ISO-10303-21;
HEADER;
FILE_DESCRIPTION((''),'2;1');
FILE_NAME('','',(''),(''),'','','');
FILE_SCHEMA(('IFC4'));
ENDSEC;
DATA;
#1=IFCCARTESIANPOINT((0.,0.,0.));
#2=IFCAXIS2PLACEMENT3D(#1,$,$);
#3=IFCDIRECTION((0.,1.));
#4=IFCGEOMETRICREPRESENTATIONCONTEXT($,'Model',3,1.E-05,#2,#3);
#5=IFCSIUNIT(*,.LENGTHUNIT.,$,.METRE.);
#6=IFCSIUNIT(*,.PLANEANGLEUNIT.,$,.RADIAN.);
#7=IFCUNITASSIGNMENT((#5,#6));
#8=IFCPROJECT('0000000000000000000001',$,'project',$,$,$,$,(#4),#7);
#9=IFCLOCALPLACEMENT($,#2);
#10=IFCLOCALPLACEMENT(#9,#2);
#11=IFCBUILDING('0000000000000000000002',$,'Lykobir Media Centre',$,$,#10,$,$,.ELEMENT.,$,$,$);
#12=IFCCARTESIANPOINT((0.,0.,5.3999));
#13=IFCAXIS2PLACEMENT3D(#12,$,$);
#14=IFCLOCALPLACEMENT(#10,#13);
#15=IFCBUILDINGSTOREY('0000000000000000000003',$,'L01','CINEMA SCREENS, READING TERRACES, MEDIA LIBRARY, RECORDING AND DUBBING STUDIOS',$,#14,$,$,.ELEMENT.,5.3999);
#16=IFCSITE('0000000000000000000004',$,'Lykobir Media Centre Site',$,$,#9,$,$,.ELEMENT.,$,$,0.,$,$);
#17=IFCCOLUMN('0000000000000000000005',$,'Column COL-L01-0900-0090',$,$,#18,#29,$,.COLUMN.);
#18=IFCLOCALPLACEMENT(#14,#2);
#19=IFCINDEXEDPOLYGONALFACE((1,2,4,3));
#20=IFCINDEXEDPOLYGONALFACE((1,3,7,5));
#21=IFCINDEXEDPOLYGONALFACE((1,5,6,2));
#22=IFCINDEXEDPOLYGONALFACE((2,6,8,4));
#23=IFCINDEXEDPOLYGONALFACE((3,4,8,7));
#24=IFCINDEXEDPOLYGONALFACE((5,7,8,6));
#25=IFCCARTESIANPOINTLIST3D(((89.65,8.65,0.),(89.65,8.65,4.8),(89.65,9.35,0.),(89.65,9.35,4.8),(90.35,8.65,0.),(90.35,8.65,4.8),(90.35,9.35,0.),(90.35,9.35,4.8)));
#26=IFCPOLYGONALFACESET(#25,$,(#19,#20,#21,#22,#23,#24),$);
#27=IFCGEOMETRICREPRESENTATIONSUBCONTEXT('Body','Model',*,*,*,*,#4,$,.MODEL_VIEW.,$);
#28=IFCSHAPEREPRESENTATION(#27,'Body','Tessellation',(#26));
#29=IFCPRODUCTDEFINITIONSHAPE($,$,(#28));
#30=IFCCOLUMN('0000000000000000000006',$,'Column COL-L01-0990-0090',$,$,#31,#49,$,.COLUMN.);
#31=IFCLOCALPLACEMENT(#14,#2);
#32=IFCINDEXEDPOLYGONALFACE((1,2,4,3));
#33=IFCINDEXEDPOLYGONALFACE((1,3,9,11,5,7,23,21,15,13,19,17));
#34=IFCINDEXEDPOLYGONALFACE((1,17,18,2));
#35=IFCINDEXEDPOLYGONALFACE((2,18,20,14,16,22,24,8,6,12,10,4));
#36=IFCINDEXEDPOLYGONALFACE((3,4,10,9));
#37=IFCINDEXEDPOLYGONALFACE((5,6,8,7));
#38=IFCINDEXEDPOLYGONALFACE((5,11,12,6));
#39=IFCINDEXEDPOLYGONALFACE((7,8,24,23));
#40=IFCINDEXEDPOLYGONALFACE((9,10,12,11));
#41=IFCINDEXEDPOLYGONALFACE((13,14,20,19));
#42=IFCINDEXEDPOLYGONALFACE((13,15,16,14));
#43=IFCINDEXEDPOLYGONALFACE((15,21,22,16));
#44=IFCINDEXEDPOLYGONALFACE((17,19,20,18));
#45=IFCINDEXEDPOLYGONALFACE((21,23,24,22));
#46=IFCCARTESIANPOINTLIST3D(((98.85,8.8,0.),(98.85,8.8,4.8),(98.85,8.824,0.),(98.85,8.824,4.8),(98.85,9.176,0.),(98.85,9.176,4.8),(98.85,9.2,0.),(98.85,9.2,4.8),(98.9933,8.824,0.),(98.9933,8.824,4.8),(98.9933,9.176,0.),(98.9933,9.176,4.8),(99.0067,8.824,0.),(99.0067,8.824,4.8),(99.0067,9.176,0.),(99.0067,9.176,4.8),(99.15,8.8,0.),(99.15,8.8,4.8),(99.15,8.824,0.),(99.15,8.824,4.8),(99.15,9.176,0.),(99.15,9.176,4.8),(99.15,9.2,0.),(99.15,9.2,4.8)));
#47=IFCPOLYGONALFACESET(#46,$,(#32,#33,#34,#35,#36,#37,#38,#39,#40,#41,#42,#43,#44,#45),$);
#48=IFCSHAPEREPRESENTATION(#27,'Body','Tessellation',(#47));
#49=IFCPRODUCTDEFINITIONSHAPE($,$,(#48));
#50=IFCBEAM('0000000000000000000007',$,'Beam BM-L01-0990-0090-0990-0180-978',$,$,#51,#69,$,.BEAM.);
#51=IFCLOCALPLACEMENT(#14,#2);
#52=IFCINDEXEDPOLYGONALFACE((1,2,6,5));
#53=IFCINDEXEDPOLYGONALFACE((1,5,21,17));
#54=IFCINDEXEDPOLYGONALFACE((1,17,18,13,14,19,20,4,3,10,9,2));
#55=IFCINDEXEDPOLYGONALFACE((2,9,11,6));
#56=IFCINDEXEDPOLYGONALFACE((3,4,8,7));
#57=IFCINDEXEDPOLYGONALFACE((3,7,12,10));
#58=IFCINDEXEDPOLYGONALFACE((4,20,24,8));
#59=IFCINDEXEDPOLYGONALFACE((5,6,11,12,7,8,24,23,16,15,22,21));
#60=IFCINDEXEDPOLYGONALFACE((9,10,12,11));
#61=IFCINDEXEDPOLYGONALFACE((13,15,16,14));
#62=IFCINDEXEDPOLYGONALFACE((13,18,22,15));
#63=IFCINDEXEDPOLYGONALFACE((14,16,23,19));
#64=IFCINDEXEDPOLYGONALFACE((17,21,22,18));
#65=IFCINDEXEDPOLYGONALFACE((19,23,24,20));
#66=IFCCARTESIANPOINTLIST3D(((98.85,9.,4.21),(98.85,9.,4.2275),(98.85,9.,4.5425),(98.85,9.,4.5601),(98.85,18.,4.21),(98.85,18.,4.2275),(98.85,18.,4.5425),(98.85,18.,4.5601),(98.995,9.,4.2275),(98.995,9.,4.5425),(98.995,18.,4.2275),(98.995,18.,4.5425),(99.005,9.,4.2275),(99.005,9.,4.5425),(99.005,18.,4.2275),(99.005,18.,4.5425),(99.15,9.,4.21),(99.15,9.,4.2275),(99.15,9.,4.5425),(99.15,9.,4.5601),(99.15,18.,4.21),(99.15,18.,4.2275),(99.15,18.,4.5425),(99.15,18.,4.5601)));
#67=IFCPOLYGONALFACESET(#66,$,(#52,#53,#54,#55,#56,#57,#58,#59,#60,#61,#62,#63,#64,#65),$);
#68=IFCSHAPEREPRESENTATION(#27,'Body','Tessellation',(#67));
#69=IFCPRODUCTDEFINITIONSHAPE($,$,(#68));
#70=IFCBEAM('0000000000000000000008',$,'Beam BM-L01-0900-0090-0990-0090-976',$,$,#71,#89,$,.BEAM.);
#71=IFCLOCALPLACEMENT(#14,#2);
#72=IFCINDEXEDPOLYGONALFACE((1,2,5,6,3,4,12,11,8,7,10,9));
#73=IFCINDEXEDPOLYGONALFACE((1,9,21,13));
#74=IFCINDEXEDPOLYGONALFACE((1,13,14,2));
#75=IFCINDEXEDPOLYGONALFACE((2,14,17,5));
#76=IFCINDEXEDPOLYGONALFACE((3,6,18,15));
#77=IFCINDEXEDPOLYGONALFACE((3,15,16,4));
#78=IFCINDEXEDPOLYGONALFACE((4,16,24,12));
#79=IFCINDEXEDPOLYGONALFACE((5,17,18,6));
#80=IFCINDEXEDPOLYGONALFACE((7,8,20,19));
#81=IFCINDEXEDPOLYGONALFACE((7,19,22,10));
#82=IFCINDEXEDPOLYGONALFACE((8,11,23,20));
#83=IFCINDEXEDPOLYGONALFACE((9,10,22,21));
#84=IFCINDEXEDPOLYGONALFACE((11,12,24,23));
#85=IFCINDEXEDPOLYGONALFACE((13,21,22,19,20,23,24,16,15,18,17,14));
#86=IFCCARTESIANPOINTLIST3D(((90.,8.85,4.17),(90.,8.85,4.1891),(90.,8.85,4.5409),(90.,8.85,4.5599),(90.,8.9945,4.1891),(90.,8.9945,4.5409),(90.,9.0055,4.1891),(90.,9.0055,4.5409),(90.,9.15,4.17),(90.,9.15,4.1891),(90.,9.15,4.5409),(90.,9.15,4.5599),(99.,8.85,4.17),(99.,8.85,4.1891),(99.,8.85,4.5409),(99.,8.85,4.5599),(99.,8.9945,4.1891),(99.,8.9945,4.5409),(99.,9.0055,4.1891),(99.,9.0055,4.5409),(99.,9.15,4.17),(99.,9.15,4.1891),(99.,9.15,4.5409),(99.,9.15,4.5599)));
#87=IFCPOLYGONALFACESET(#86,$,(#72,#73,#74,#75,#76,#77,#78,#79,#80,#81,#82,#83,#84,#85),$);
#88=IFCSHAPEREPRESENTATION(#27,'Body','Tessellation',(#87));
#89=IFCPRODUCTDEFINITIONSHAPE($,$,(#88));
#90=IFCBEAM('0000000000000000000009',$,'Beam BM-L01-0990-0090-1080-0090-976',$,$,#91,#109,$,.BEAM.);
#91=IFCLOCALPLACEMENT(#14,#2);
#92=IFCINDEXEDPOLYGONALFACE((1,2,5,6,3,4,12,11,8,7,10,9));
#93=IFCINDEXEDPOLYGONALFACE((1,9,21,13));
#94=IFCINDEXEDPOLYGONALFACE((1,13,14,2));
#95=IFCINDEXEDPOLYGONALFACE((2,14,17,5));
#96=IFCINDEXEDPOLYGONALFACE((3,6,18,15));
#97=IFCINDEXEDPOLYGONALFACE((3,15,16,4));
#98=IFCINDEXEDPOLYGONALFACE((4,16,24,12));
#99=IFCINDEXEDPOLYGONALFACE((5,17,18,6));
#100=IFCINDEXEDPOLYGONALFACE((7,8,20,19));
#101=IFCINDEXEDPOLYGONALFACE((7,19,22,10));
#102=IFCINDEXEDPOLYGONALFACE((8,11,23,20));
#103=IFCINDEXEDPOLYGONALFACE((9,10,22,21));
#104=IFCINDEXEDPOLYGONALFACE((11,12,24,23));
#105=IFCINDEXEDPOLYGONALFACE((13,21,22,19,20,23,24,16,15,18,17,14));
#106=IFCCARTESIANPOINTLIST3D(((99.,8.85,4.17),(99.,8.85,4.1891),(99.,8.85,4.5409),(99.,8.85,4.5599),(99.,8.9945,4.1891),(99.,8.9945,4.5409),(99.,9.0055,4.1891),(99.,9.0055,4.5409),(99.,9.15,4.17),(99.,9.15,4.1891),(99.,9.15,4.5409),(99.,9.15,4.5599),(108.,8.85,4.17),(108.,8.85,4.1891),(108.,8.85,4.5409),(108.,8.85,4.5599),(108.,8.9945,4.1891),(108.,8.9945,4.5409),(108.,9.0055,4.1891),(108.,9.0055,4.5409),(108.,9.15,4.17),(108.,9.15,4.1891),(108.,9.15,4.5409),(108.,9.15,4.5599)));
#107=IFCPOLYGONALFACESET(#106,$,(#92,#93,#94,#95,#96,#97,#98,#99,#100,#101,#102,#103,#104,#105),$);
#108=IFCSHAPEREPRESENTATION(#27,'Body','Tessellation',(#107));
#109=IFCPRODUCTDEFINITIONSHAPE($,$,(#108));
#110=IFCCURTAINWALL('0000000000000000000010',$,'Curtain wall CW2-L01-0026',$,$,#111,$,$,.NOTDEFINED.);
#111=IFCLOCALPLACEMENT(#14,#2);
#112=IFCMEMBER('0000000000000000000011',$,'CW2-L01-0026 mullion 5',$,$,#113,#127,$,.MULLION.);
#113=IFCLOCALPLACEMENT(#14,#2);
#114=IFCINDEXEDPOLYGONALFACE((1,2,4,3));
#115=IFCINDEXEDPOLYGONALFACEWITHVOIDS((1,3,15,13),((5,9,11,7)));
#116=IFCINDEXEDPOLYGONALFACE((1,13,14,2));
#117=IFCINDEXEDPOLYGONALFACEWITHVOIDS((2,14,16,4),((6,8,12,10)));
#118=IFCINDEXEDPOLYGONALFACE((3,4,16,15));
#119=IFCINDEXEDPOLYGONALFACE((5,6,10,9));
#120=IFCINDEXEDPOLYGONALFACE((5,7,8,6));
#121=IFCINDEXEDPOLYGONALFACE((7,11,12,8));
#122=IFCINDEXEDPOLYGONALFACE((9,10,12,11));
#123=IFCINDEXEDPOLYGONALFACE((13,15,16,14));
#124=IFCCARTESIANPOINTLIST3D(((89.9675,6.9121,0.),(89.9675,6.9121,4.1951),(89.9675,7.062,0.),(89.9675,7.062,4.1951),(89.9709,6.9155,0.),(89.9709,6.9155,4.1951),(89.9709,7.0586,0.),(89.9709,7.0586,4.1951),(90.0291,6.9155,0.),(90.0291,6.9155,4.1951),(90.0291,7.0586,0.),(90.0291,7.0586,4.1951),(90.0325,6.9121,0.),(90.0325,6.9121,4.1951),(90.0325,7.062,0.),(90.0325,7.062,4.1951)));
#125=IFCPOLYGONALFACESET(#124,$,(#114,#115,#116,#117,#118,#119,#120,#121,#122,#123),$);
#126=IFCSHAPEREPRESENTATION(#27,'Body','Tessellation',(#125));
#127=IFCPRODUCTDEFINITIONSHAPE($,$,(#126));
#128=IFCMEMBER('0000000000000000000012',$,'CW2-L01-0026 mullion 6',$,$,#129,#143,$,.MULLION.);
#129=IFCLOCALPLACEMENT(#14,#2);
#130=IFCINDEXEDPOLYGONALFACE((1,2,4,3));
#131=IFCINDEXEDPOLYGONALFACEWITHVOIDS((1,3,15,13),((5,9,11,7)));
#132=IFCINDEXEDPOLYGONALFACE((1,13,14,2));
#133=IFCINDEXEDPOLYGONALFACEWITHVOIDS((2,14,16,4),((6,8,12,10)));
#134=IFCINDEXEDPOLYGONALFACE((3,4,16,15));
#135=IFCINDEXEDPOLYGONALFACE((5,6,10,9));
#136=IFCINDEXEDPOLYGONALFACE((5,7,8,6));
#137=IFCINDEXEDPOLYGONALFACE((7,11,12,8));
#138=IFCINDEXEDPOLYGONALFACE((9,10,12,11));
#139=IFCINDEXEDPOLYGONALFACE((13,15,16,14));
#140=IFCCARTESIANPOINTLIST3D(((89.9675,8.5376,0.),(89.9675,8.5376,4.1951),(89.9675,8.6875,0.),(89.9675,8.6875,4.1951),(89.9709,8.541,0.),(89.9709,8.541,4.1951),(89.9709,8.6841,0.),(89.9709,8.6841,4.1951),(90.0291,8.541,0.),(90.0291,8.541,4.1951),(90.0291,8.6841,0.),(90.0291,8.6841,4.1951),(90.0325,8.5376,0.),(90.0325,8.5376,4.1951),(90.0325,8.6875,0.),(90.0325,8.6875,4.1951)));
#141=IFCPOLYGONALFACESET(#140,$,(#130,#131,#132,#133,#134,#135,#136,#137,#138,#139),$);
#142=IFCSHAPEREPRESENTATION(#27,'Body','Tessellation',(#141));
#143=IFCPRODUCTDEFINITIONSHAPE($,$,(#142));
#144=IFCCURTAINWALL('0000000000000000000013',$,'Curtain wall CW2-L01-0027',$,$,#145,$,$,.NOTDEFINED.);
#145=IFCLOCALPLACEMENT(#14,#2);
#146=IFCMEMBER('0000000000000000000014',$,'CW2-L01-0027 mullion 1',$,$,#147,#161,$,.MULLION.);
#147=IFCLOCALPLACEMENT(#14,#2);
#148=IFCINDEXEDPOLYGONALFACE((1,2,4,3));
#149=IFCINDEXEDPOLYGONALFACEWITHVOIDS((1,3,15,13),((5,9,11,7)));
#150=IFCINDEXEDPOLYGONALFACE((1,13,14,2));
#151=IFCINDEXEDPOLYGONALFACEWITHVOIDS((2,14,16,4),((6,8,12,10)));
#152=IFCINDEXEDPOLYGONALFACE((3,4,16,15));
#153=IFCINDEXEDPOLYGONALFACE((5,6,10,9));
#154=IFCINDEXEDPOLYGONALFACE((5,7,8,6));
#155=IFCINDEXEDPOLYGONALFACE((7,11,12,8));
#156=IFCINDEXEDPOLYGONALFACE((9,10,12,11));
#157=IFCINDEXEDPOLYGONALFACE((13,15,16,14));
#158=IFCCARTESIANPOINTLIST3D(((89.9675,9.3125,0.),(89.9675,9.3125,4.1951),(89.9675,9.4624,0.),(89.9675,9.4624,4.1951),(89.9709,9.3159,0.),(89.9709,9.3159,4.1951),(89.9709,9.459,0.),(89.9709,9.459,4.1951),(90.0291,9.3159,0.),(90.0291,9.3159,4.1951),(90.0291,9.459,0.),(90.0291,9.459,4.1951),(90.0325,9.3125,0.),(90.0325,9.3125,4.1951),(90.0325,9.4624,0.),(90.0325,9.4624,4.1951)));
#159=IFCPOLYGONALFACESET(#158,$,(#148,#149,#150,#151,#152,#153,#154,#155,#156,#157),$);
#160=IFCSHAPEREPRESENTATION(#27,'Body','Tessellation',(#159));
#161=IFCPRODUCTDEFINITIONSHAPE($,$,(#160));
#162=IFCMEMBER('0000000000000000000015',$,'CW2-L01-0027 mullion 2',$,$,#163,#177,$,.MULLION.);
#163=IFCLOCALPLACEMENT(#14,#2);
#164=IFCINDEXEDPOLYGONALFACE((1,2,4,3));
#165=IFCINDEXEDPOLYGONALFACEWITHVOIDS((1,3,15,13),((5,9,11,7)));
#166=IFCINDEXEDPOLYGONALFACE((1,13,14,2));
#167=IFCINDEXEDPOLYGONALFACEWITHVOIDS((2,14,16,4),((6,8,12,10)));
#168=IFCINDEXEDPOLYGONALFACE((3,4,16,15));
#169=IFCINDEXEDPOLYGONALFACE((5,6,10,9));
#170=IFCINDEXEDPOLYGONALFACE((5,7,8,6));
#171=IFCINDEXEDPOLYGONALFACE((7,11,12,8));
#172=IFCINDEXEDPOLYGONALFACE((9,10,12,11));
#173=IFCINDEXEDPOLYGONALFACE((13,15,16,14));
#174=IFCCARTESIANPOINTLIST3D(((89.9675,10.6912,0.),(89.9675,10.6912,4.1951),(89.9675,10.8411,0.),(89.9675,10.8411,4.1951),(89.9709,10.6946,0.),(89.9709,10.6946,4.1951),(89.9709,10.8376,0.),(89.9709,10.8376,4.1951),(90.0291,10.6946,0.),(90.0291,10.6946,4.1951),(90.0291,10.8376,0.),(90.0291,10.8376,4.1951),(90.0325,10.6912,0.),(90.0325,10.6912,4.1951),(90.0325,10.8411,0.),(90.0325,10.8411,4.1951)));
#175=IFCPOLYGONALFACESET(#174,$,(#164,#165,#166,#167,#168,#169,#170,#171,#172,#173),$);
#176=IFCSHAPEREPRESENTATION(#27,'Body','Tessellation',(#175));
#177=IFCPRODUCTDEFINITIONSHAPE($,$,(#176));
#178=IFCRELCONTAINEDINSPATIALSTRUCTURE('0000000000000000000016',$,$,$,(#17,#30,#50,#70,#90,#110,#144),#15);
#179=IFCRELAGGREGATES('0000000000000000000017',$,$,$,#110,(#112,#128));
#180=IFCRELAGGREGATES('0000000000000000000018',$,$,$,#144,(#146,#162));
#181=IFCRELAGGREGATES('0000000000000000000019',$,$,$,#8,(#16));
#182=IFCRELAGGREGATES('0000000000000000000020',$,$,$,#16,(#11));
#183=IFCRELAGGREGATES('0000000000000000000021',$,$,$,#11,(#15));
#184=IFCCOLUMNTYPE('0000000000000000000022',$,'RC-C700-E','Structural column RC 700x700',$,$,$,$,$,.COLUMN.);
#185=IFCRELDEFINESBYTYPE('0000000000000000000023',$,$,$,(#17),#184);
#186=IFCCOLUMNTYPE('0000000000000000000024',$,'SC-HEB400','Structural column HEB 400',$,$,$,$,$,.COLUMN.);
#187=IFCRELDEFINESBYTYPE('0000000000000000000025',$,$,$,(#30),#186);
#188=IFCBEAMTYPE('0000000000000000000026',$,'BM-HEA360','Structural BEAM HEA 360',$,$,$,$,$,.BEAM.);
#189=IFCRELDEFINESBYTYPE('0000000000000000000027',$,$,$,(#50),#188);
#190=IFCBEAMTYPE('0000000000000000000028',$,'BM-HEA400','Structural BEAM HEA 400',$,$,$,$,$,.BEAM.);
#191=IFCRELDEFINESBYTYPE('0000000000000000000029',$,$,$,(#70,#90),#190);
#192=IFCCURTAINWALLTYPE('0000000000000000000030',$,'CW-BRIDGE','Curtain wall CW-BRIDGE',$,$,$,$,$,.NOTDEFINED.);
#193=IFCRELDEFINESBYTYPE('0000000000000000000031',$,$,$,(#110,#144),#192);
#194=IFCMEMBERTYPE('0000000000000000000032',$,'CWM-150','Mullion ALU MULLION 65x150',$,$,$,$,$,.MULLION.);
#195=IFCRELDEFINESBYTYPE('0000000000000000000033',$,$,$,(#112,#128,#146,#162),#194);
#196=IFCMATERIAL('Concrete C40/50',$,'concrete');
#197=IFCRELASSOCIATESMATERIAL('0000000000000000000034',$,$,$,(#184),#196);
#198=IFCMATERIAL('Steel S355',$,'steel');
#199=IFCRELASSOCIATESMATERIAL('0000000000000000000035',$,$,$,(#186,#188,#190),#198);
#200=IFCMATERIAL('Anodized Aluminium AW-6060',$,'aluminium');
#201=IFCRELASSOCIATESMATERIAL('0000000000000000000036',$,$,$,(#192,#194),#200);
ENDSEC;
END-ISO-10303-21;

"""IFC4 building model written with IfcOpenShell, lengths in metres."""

from ifc_helpers import new_model, si_unit, direction, frame, origin, origin_2d, place, context, subcontext, project, spatial, rectangle, hollow_rectangle, i_section, extrude, material, material_profile, profile_set, type_object, element, aggregate, save


model = new_model("IFC4")

# Units and contexts
model_context = context("Model", 3, precision=1e-05, world=origin(), true_north=direction((0.0, 1.0)))
body_context = subcontext(model_context, "Body", "Model", "MODEL_VIEW")
ifc_project = project(units=[si_unit("LENGTHUNIT", "METRE"), si_unit("PLANEANGLEUNIT", "RADIAN")], contexts=[model_context])

# Site, building, storey
site_placement = place(None, origin())
site = spatial("IfcSite", under=ifc_project, at=site_placement, Name="Lykobir Media Centre Site", CompositionType="ELEMENT", RefElevation=0.0)
building_placement = place(site_placement, origin())
building = spatial("IfcBuilding", under=site, at=building_placement, Name="Lykobir Media Centre", CompositionType="ELEMENT")
storey_placement = place(building_placement, frame((0.0, 0.0, 5.3999)))
storey = spatial("IfcBuildingStorey", under=building, at=storey_placement, Name="L01", Description="CINEMA SCREENS, READING TERRACES, MEDIA LIBRARY, RECORDING AND DUBBING STUDIOS", CompositionType="ELEMENT", Elevation=5.3999)

# Columns
ifc_material_1 = material(Name="Concrete C40/50", Category="concrete")
ifc_material_profile_1 = material_profile(ifc_material_1, rectangle(XDim=0.7, YDim=0.7, at=origin_2d()), Name="RC 700x700")
ifc_profile_set_1 = profile_set([ifc_material_profile_1], Name="Concrete C40/50")
column_type_1 = type_object("IfcColumnType", Name="RC-C700-E", Description="Structural column RC 700x700", PredefinedType="COLUMN", material=ifc_profile_set_1)
column_1_placement = place(storey_placement, frame((90.0, 9.0, 0.0), z_axis=(0.0, 0.0, 1.0), x_axis=(1.0, 0.0, 0.0)))
element("IfcColumn", 1, at=column_1_placement, inside=storey, type_object=column_type_1, Name="Column COL-L01-0900-0090", PredefinedType="COLUMN", context=body_context, shape_type="SweptSolid", body=[
    extrude(rectangle(XDim=0.7, YDim=0.7, at=origin_2d()), origin(), (0.0, 0.0, 1.0), 4.8),
])
ifc_material_2 = material(Name="Steel S355", Category="steel")
ifc_material_profile_2 = material_profile(ifc_material_2, i_section(OverallWidth=0.3, OverallDepth=0.3999, WebThickness=0.0134, FlangeThickness=0.0239, at=origin_2d()), Name="HEB 400")
ifc_profile_set_2 = profile_set([ifc_material_profile_2], Name="Steel S355")
column_type_2 = type_object("IfcColumnType", Name="SC-HEB400", Description="Structural column HEB 400", PredefinedType="COLUMN", material=ifc_profile_set_2)
column_2_placement = place(storey_placement, frame((99.0, 9.0, 0.0), z_axis=(0.0, 0.0, 1.0), x_axis=(1.0, 0.0, 0.0)))
element("IfcColumn", 2, at=column_2_placement, inside=storey, type_object=column_type_2, Name="Column COL-L01-0990-0090", PredefinedType="COLUMN", context=body_context, shape_type="SweptSolid", body=[
    extrude(i_section(OverallWidth=0.3, OverallDepth=0.3999, WebThickness=0.0134, FlangeThickness=0.0239, at=origin_2d()), origin(), (0.0, 0.0, 1.0), 4.8),
])

# Beams
ifc_material_profile_3 = material_profile(ifc_material_2, i_section(OverallWidth=0.3, OverallDepth=0.3501, WebThickness=0.01, FlangeThickness=0.0176, at=origin_2d()), Name="HEA 360")
ifc_profile_set_3 = profile_set([ifc_material_profile_3], Name="Steel S355")
beam_type_1 = type_object("IfcBeamType", Name="BM-HEA360", Description="Structural BEAM HEA 360", PredefinedType="BEAM", material=ifc_profile_set_3)
beam_1_placement = place(storey_placement, frame((99.0, 9.0, 4.385), z_axis=(0.0, 1.0, 0.0), x_axis=(-1.0, 0.0, 0.0)))
element("IfcBeam", 3, at=beam_1_placement, inside=storey, type_object=beam_type_1, Name="Beam BM-L01-0990-0090-0990-0180-978", PredefinedType="BEAM", context=body_context, shape_type="SweptSolid", body=[
    extrude(i_section(OverallWidth=0.3, OverallDepth=0.3501, WebThickness=0.01, FlangeThickness=0.0176, at=origin_2d()), origin(), (0.0, 0.0, 1.0), 9.0),
])
ifc_material_profile_4 = material_profile(ifc_material_2, i_section(OverallWidth=0.3, OverallDepth=0.3899, WebThickness=0.011, FlangeThickness=0.019, at=origin_2d()), Name="HEA 400")
ifc_profile_set_4 = profile_set([ifc_material_profile_4], Name="Steel S355")
beam_type_2 = type_object("IfcBeamType", Name="BM-HEA400", Description="Structural BEAM HEA 400", PredefinedType="BEAM", material=ifc_profile_set_4)
for number, where, z_axis, x_axis, name in (
    (4, (90.0, 9.0, 4.365), (1.0, 0.0, 0.0), (0.0, 1.0, 0.0), "Beam BM-L01-0900-0090-0990-0090-976"),
    (5, (99.0, 9.0, 4.365), (1.0, 0.0, 0.0), (0.0, 1.0, 0.0), "Beam BM-L01-0990-0090-1080-0090-976"),
):
    element("IfcBeam", number, at=place(storey_placement, frame(where, z_axis=z_axis, x_axis=x_axis)), inside=storey, type_object=beam_type_2, Name=name, PredefinedType="BEAM", context=body_context, shape_type="SweptSolid", body=[
        extrude(i_section(OverallWidth=0.3, OverallDepth=0.3899, WebThickness=0.011, FlangeThickness=0.019, at=origin_2d()), origin(), (0.0, 0.0, 1.0), 9.0),
    ])

# Curtain walls, members
ifc_material_3 = material(Name="Anodized Aluminium AW-6060", Category="aluminium")
curtain_wall_type = type_object("IfcCurtainWallType", Name="CW-BRIDGE", Description="Curtain wall CW-BRIDGE", PredefinedType="NOTDEFINED", material=ifc_material_3)
curtain_wall_1_placement = place(storey_placement, origin())
curtain_wall_1 = element("IfcCurtainWall", 6, at=curtain_wall_1_placement, inside=storey, type_object=curtain_wall_type, Name="Curtain wall CW2-L01-0026", PredefinedType="NOTDEFINED")
ifc_material_profile_5 = material_profile(ifc_material_3, hollow_rectangle(XDim=0.0649, YDim=0.1499, WallThickness=0.0034, at=origin_2d()), Name="ALU MULLION 65x150")
ifc_profile_set_5 = profile_set([ifc_material_profile_5], Name="Anodized Aluminium AW-6060")
member_type_1 = type_object("IfcMemberType", Name="CWM-150", Description="Mullion ALU MULLION 65x150", PredefinedType="MULLION", material=ifc_profile_set_5)
member_1_placement = place(storey_placement, frame((90.0, 6.9871, 0.0), z_axis=(0.0, 0.0, 1.0), x_axis=(-1.0, 0.0, 0.0)))
member_1 = element("IfcMember", 7, at=member_1_placement, type_object=member_type_1, Name="CW2-L01-0026 mullion 5", PredefinedType="MULLION", context=body_context, shape_type="SweptSolid", body=[
    extrude(hollow_rectangle(XDim=0.0649, YDim=0.1499, WallThickness=0.0034, at=origin_2d()), origin(), (0.0, 0.0, 1.0), 4.1951),
])
member_2_placement = place(storey_placement, frame((90.0, 8.6125, 0.0), z_axis=(0.0, 0.0, 1.0), x_axis=(-1.0, 0.0, 0.0)))
member_2 = element("IfcMember", 8, at=member_2_placement, type_object=member_type_1, Name="CW2-L01-0026 mullion 6", PredefinedType="MULLION", context=body_context, shape_type="SweptSolid", body=[
    extrude(hollow_rectangle(XDim=0.0649, YDim=0.1499, WallThickness=0.0034, at=origin_2d()), origin(), (0.0, 0.0, 1.0), 4.1951),
])
curtain_wall_2_placement = place(storey_placement, origin())
curtain_wall_2 = element("IfcCurtainWall", 9, at=curtain_wall_2_placement, inside=storey, type_object=curtain_wall_type, Name="Curtain wall CW2-L01-0027", PredefinedType="NOTDEFINED")
member_3_placement = place(storey_placement, frame((90.0, 9.3875, 0.0), z_axis=(0.0, 0.0, 1.0), x_axis=(-1.0, 0.0, 0.0)))
member_3 = element("IfcMember", 10, at=member_3_placement, type_object=member_type_1, Name="CW2-L01-0027 mullion 1", PredefinedType="MULLION", context=body_context, shape_type="SweptSolid", body=[
    extrude(hollow_rectangle(XDim=0.0649, YDim=0.1499, WallThickness=0.0034, at=origin_2d()), origin(), (0.0, 0.0, 1.0), 4.1951),
])
member_4_placement = place(storey_placement, frame((90.0, 10.7661, 0.0), z_axis=(0.0, 0.0, 1.0), x_axis=(-1.0, 0.0, 0.0)))
member_4 = element("IfcMember", 11, at=member_4_placement, type_object=member_type_1, Name="CW2-L01-0027 mullion 2", PredefinedType="MULLION", context=body_context, shape_type="SweptSolid", body=[
    extrude(hollow_rectangle(XDim=0.0649, YDim=0.1499, WallThickness=0.0034, at=origin_2d()), origin(), (0.0, 0.0, 1.0), 4.1951),
])

aggregate(curtain_wall_1, [member_1, member_2])
aggregate(curtain_wall_2, [member_3, member_4])

save(model, "model.ifc")
